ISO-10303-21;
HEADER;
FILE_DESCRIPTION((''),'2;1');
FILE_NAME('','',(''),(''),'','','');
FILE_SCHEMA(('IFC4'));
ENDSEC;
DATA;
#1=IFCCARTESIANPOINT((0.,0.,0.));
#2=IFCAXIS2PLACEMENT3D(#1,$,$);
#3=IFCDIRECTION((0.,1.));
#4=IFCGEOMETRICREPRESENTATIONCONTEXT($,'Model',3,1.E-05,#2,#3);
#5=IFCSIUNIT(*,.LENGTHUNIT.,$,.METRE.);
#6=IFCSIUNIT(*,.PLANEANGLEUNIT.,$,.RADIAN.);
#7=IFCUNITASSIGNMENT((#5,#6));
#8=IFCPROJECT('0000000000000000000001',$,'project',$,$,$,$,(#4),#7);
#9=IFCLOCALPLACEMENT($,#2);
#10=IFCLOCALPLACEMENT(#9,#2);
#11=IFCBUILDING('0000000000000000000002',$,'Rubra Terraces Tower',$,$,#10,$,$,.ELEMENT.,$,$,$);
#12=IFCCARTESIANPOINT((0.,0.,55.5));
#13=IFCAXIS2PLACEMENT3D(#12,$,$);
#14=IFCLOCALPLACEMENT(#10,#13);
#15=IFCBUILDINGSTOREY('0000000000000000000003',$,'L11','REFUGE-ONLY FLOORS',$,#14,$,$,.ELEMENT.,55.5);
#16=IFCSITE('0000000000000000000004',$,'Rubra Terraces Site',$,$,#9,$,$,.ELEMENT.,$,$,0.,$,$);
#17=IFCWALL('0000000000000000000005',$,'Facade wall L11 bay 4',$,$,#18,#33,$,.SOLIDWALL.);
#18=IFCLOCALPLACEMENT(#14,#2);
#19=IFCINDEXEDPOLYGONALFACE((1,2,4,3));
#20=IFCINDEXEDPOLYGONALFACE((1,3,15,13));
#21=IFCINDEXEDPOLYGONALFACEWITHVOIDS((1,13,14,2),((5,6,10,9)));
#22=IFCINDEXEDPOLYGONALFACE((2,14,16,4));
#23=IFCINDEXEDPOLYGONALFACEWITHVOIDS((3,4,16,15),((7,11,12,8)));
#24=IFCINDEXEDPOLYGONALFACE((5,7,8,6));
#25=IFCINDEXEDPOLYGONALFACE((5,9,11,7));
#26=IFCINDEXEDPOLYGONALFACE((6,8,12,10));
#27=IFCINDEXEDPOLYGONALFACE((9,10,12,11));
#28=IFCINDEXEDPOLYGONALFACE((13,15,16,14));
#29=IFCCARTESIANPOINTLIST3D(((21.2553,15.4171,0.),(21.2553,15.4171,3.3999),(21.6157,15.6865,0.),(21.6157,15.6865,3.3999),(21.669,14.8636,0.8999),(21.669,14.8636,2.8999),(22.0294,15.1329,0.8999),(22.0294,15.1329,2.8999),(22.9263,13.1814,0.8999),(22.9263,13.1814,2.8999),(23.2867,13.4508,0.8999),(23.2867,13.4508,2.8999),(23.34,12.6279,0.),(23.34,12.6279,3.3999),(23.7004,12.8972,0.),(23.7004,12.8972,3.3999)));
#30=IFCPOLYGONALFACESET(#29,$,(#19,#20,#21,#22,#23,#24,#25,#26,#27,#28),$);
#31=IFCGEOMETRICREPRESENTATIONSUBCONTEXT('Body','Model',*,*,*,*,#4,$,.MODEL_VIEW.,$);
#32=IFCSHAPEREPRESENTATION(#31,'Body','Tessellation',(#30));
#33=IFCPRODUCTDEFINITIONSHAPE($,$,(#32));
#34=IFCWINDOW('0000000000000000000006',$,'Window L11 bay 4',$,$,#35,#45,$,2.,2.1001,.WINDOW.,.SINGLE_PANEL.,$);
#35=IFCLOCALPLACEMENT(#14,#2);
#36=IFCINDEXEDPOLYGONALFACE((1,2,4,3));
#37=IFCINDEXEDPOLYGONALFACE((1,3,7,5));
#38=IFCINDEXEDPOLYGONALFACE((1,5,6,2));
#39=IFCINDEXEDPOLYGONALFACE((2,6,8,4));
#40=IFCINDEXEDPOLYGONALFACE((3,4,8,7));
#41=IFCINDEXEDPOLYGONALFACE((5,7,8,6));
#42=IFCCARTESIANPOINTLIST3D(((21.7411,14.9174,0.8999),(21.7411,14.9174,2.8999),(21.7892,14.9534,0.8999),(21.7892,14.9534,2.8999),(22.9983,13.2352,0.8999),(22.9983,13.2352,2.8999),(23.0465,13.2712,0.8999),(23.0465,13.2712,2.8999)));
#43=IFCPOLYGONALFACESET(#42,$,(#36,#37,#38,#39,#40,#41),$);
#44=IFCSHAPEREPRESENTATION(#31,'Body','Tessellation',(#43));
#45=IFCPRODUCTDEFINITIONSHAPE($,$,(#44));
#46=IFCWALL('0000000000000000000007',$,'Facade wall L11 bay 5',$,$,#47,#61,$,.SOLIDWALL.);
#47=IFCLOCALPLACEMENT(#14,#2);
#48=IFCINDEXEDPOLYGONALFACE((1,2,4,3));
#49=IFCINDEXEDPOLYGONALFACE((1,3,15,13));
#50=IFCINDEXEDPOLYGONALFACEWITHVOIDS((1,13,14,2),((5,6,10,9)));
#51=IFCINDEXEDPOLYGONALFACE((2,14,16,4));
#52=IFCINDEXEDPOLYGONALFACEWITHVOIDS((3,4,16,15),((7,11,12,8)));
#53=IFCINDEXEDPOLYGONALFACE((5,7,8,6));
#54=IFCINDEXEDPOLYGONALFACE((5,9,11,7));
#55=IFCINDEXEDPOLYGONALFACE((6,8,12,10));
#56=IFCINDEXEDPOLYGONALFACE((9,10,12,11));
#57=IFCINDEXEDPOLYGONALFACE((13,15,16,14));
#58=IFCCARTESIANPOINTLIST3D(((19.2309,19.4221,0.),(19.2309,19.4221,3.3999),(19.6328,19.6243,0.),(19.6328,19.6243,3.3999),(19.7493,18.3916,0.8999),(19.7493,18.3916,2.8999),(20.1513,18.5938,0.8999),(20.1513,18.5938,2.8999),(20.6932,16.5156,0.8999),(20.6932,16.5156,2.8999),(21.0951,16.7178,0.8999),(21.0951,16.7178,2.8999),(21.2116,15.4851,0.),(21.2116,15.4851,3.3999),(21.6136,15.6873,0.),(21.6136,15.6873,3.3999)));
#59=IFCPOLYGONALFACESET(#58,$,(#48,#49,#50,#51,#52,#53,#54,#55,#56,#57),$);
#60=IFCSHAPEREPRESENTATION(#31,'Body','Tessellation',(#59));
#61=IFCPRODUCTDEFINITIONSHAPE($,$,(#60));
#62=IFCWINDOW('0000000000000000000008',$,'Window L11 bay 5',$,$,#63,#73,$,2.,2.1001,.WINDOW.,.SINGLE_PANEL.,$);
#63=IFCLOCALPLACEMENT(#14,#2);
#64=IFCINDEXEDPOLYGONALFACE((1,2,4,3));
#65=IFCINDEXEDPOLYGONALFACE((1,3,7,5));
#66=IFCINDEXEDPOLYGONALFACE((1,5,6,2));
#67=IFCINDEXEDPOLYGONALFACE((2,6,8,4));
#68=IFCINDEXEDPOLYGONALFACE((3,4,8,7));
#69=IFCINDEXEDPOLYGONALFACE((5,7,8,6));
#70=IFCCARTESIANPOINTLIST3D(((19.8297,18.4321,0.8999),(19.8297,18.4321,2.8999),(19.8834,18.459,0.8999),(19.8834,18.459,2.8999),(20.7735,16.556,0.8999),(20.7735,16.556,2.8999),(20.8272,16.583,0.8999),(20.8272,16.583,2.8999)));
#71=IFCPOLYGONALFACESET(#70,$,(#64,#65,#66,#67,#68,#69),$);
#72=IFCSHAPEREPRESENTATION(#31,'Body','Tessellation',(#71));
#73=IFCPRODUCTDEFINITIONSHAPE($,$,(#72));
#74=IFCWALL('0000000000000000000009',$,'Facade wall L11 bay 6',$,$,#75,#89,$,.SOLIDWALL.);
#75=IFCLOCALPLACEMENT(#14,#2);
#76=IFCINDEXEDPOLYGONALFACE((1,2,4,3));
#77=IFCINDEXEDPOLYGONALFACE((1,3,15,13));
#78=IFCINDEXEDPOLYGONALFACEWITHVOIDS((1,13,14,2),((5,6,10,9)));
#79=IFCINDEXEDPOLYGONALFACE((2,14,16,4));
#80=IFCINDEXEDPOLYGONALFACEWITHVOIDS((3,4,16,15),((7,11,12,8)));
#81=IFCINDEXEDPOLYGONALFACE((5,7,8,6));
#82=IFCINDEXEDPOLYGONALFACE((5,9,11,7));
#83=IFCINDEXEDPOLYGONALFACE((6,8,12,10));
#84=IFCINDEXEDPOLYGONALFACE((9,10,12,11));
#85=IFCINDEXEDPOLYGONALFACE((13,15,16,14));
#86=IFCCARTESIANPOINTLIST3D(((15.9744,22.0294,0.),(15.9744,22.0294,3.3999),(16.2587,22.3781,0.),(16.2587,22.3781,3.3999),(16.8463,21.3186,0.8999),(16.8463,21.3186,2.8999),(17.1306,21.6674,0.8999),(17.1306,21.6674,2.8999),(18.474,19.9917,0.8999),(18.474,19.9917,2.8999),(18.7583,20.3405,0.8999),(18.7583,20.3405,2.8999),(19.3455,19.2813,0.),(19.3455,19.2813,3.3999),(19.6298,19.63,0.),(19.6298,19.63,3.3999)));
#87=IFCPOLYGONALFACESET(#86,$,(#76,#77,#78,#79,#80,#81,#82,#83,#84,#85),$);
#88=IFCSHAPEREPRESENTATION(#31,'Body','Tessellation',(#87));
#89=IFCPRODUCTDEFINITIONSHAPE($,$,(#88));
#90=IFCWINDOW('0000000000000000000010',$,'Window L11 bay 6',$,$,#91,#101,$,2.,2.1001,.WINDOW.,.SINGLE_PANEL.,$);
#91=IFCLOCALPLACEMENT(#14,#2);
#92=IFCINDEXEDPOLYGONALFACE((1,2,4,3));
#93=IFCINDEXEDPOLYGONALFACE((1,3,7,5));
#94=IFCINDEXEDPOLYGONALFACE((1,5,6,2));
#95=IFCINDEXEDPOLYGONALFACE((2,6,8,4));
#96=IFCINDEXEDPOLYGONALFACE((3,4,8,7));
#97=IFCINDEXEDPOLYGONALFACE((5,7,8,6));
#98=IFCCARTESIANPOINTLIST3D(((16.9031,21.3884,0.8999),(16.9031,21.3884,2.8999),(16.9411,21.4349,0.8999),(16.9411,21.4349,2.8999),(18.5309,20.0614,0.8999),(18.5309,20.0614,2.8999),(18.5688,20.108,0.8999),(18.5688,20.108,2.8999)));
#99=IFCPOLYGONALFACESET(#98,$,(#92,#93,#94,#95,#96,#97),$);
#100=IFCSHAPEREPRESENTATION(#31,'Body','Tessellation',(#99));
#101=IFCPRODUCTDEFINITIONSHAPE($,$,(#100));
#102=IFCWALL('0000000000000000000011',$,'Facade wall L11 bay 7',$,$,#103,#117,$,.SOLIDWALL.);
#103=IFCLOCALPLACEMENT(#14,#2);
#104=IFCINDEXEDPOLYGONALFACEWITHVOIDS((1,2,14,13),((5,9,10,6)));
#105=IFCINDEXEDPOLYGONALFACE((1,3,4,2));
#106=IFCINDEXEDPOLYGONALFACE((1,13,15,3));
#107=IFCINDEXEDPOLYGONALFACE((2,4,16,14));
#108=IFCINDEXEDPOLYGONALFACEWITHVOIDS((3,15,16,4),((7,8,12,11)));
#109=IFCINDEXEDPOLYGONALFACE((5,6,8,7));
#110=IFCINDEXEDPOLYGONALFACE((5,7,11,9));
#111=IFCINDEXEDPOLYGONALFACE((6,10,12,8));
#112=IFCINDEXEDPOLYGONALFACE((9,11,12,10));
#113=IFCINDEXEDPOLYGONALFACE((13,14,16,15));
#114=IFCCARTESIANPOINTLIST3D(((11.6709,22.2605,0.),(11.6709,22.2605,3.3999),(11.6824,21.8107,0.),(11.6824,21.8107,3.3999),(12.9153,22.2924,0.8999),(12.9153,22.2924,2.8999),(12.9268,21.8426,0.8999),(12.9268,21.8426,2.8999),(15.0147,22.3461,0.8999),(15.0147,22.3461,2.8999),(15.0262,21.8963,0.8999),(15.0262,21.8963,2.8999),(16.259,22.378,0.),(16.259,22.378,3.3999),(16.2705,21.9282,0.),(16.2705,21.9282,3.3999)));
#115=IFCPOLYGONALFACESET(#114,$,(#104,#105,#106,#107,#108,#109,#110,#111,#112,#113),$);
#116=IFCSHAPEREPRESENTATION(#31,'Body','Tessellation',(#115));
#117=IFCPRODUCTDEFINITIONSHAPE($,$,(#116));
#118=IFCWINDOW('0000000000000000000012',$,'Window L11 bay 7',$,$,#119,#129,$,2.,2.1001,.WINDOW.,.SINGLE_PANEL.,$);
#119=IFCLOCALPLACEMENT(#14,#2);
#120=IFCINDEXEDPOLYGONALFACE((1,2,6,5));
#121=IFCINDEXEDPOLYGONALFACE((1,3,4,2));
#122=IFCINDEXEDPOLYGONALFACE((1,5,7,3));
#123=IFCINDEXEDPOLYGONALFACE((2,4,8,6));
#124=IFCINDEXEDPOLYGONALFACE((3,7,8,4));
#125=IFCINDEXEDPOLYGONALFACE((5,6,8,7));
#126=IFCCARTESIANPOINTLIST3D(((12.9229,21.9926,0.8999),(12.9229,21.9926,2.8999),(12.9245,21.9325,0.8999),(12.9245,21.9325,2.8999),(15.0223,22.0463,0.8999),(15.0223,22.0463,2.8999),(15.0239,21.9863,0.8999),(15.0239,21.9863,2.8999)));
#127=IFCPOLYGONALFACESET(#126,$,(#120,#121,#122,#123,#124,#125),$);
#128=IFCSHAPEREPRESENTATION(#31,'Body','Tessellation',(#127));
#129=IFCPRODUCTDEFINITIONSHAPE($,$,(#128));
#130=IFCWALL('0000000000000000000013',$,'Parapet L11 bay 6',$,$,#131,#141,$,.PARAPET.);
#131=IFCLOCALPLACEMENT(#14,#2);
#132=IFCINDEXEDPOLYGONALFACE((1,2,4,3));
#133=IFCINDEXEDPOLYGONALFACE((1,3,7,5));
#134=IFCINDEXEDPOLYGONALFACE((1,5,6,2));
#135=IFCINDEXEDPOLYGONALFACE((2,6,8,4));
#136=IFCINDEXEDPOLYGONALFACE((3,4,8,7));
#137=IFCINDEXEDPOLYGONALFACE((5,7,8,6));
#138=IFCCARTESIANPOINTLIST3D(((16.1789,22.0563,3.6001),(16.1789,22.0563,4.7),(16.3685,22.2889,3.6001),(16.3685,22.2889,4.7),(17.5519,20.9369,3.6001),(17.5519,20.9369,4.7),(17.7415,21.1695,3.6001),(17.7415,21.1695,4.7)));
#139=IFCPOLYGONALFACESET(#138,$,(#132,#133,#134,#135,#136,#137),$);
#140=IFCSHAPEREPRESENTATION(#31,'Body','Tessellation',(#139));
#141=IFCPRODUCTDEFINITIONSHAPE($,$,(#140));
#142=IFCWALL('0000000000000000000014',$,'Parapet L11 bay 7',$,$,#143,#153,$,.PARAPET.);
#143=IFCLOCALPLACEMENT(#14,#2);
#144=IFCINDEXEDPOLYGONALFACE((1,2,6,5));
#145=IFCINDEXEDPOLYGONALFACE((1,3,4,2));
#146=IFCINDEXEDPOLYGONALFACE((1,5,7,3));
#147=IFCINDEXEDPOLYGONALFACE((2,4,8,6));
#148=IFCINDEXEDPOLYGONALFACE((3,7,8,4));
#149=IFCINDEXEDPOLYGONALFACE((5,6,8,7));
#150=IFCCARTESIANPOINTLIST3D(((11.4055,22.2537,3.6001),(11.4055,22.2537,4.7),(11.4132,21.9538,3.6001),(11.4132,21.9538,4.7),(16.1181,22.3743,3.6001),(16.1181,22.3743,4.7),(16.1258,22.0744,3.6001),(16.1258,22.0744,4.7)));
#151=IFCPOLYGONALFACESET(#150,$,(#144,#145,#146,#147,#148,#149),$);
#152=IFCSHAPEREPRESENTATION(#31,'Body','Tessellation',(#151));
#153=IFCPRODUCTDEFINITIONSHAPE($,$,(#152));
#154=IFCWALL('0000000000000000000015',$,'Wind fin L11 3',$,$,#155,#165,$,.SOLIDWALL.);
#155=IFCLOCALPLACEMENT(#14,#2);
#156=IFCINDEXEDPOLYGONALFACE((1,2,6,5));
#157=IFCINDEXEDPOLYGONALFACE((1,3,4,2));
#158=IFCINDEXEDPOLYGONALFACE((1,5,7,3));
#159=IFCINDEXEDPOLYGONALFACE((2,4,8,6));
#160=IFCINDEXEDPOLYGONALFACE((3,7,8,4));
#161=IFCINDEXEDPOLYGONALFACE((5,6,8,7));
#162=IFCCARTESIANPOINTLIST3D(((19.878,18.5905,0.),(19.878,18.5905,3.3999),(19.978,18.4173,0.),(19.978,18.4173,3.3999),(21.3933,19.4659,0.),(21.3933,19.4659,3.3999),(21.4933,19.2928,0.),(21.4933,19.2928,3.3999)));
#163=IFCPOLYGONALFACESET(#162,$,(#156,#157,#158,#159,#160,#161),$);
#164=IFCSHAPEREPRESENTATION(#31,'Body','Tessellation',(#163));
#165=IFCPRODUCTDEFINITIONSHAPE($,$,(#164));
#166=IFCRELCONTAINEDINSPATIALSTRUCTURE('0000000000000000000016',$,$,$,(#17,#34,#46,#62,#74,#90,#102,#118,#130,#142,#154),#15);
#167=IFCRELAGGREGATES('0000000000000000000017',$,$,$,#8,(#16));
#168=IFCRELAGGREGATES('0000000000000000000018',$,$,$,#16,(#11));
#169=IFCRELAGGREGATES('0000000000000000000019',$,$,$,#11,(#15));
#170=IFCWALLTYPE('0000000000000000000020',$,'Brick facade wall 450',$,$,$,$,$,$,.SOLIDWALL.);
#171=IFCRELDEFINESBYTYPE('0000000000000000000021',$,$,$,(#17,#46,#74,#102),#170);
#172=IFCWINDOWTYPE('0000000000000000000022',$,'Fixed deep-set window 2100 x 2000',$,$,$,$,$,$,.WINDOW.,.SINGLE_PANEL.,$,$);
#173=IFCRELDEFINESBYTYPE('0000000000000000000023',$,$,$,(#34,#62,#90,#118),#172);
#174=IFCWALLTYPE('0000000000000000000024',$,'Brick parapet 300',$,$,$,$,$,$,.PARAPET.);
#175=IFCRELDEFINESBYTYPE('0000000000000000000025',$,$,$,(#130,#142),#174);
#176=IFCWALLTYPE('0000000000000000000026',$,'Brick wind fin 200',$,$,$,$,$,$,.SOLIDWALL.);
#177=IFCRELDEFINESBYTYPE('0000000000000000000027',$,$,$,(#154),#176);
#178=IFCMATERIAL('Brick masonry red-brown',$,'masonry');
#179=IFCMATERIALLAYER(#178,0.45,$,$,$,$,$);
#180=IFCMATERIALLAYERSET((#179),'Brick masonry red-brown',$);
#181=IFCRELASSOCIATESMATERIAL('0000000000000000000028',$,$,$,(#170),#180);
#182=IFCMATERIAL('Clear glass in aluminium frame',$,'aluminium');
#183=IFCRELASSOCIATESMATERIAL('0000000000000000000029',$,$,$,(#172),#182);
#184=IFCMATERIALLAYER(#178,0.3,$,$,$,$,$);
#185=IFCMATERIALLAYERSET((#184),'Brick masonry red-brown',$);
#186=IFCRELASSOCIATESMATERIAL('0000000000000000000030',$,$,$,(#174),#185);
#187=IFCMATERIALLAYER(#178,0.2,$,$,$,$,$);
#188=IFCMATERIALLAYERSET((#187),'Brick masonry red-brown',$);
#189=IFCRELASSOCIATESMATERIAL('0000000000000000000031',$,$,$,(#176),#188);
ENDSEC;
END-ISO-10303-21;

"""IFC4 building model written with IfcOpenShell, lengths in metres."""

from ifc_helpers import new_model, si_unit, direction, frame, frame_2d, origin, place, context, subcontext, project, spatial, rectangle, extrude, material, layer, layer_set, type_object, element, fill, save


model = new_model("IFC4")

# Units and contexts
model_context = context("Model", 3, precision=1e-05, world=origin(), true_north=direction((0.0, 1.0)))
body_context = subcontext(model_context, "Body", "Model", "MODEL_VIEW")
ifc_project = project(units=[si_unit("LENGTHUNIT", "METRE"), si_unit("PLANEANGLEUNIT", "RADIAN")], contexts=[model_context])

# Site, building, storey
site_placement = place(None, origin())
site = spatial("IfcSite", under=ifc_project, at=site_placement, Name="Rubra Terraces Site", CompositionType="ELEMENT", RefElevation=0.0)
building_placement = place(site_placement, origin())
building = spatial("IfcBuilding", under=site, at=building_placement, Name="Rubra Terraces Tower", CompositionType="ELEMENT")
storey_placement = place(building_placement, frame((0.0, 0.0, 55.5)))
storey = spatial("IfcBuildingStorey", under=building, at=storey_placement, Name="L11", Description="REFUGE-ONLY FLOORS", CompositionType="ELEMENT", Elevation=55.5)

# Walls, openings, windows
ifc_material_1 = material(Name="Brick masonry red-brown", Category="masonry")
ifc_layer_1 = layer(ifc_material_1, 0.45)
ifc_layer_set_1 = layer_set([ifc_layer_1], Name="Brick masonry red-brown")
wall_type_1 = type_object("IfcWallType", Name="Brick facade wall 450", PredefinedType="SOLIDWALL", material=ifc_layer_set_1)
wall_1_placement = place(storey_placement, frame((23.5203, 12.7625, 0.0), z_axis=(0.0, 0.0, 1.0), x_axis=(-0.598664, 0.801, 0.0)))
wall_1 = element("IfcWall", 1, at=wall_1_placement, inside=storey, type_object=wall_type_1, Name="Facade wall L11 bay 4", PredefinedType="SOLIDWALL", context=body_context, shape_type="SweptSolid", body=[
    extrude(rectangle(XDim=3.4822, YDim=0.45, at=frame_2d((1.7412, 0.0))), origin(), (0.0, 0.0, 1.0), 3.3999),
])
opening_1_placement = place(wall_1_placement, frame((0.6912, 0.0, 0.8999)))
opening_1 = element("IfcOpeningElement", 2, at=opening_1_placement, cuts=wall_1, PredefinedType="OPENING", context=body_context, shape_type="SweptSolid", body=[
    extrude(rectangle(XDim=2.1001, YDim=2.0, at=frame_2d((1.05, 1.0))), frame((0.0, 0.2349, 0.0), z_axis=(0.0, -1.0, 0.0), x_axis=(1.0, 0.0, 0.0)), (0.0, 0.0, 1.0), 0.47),
])
ifc_material_2 = material(Name="Clear glass in aluminium frame", Category="aluminium")
window_type = type_object("IfcWindowType", Name="Fixed deep-set window 2100 x 2000", PartitioningType="SINGLE_PANEL", PredefinedType="WINDOW", material=ifc_material_2)
window_1_placement = place(opening_1_placement, origin())
window_1 = element("IfcWindow", 3, at=window_1_placement, inside=storey, type_object=window_type, Name="Window L11 bay 4", OverallHeight=2.0, OverallWidth=2.1001, PartitioningType="SINGLE_PANEL", PredefinedType="WINDOW", context=body_context, shape_type="SweptSolid", body=[
    extrude(rectangle(XDim=2.1001, YDim=2.0, at=frame_2d((1.05, 1.0))), frame((0.0, 0.135, 0.0), z_axis=(0.0, -1.0, 0.0), x_axis=(1.0, 0.0, 0.0)), (0.0, 0.0, 1.0), 0.0601),
])
fill(opening_1, window_1)
wall_2_placement = place(storey_placement, frame((21.4126, 15.5862, 0.0), z_axis=(0.0, 0.0, 1.0), x_axis=(-0.449428, 0.893317, 0.0)))
wall_2 = element("IfcWall", 4, at=wall_2_placement, inside=storey, type_object=wall_type_1, Name="Facade wall L11 bay 5", PredefinedType="SOLIDWALL", context=body_context, shape_type="SweptSolid", body=[
    extrude(rectangle(XDim=4.4072, YDim=0.45, at=frame_2d((2.2036, 0.0))), origin(), (0.0, 0.0, 1.0), 3.3999),
])
opening_2_placement = place(wall_2_placement, frame((1.1536, 0.0, 0.8999)))
opening_2 = element("IfcOpeningElement", 5, at=opening_2_placement, cuts=wall_2, PredefinedType="OPENING", context=body_context, shape_type="SweptSolid", body=[
    extrude(rectangle(XDim=2.1001, YDim=2.0, at=frame_2d((1.05, 1.0))), frame((0.0, 0.2349, 0.0), z_axis=(0.0, -1.0, 0.0), x_axis=(1.0, 0.0, 0.0)), (0.0, 0.0, 1.0), 0.47),
])
window_2_placement = place(opening_2_placement, origin())
window_2 = element("IfcWindow", 6, at=window_2_placement, inside=storey, type_object=window_type, Name="Window L11 bay 5", OverallHeight=2.0, OverallWidth=2.1001, PartitioningType="SINGLE_PANEL", PredefinedType="WINDOW", context=body_context, shape_type="SweptSolid", body=[
    extrude(rectangle(XDim=2.1001, YDim=2.0, at=frame_2d((1.05, 1.0))), frame((0.0, 0.135, 0.0), z_axis=(0.0, -1.0, 0.0), x_axis=(1.0, 0.0, 0.0)), (0.0, 0.0, 1.0), 0.0601),
])
fill(opening_2, window_2)
wall_3_placement = place(storey_placement, frame((19.4878, 19.4556, 0.0), z_axis=(0.0, 0.0, 1.0), x_axis=(-0.775097, 0.631843, 0.0)))
wall_3 = element("IfcWall", 7, at=wall_3_placement, inside=storey, type_object=wall_type_1, Name="Facade wall L11 bay 6", PredefinedType="SOLIDWALL", context=body_context, shape_type="SweptSolid", body=[
    extrude(rectangle(XDim=4.3494, YDim=0.45, at=frame_2d((2.1748, 0.0))), origin(), (0.0, 0.0, 1.0), 3.3999),
])
opening_3_placement = place(wall_3_placement, frame((1.1245, 0.0, 0.8999)))
opening_3 = element("IfcOpeningElement", 8, at=opening_3_placement, cuts=wall_3, PredefinedType="OPENING", context=body_context, shape_type="SweptSolid", body=[
    extrude(rectangle(XDim=2.1001, YDim=2.0, at=frame_2d((1.05, 1.0))), frame((0.0, 0.2349, 0.0), z_axis=(0.0, -1.0, 0.0), x_axis=(1.0, 0.0, 0.0)), (0.0, 0.0, 1.0), 0.47),
])
window_3_placement = place(opening_3_placement, origin())
window_3 = element("IfcWindow", 9, at=window_3_placement, inside=storey, type_object=window_type, Name="Window L11 bay 6", OverallHeight=2.0, OverallWidth=2.1001, PartitioningType="SINGLE_PANEL", PredefinedType="WINDOW", context=body_context, shape_type="SweptSolid", body=[
    extrude(rectangle(XDim=2.1001, YDim=2.0, at=frame_2d((1.05, 1.0))), frame((0.0, 0.135, 0.0), z_axis=(0.0, -1.0, 0.0), x_axis=(1.0, 0.0, 0.0)), (0.0, 0.0, 1.0), 0.0601),
])
fill(opening_3, window_3)
wall_4_placement = place(storey_placement, frame((16.2649, 22.1531, 0.0), z_axis=(0.0, 0.0, 1.0), x_axis=(-0.999673, -0.025586, 0.0)))
wall_4 = element("IfcWall", 10, at=wall_4_placement, inside=storey, type_object=wall_type_1, Name="Facade wall L11 bay 7", PredefinedType="SOLIDWALL", context=body_context, shape_type="SweptSolid", body=[
    extrude(rectangle(XDim=4.5896, YDim=0.45, at=frame_2d((2.2949, 0.0))), origin(), (0.0, 0.0, 1.0), 3.3999),
])
opening_4_placement = place(wall_4_placement, frame((1.2449, 0.0, 0.8999)))
opening_4 = element("IfcOpeningElement", 11, at=opening_4_placement, cuts=wall_4, PredefinedType="OPENING", context=body_context, shape_type="SweptSolid", body=[
    extrude(rectangle(XDim=2.1001, YDim=2.0, at=frame_2d((1.05, 1.0))), frame((0.0, 0.2349, 0.0), z_axis=(0.0, -1.0, 0.0), x_axis=(1.0, 0.0, 0.0)), (0.0, 0.0, 1.0), 0.47),
])
window_4_placement = place(opening_4_placement, origin())
window_4 = element("IfcWindow", 12, at=window_4_placement, inside=storey, type_object=window_type, Name="Window L11 bay 7", OverallHeight=2.0, OverallWidth=2.1001, PartitioningType="SINGLE_PANEL", PredefinedType="WINDOW", context=body_context, shape_type="SweptSolid", body=[
    extrude(rectangle(XDim=2.1001, YDim=2.0, at=frame_2d((1.05, 1.0))), frame((0.0, 0.135, 0.0), z_axis=(0.0, -1.0, 0.0), x_axis=(1.0, 0.0, 0.0)), (0.0, 0.0, 1.0), 0.0601),
])
fill(opening_4, window_4)

# Walls
ifc_layer_2 = layer(ifc_material_1, 0.3)
ifc_layer_set_2 = layer_set([ifc_layer_2], Name="Brick masonry red-brown")
wall_type_2 = type_object("IfcWallType", Name="Brick parapet 300", PredefinedType="PARAPET", material=ifc_layer_set_2)
wall_5_placement = place(storey_placement, frame((17.6467, 21.0532, 3.6001), z_axis=(0.0, 0.0, 1.0), x_axis=(-0.775067, 0.631878, 0.0)))
element("IfcWall", 13, at=wall_5_placement, inside=storey, type_object=wall_type_2, Name="Parapet L11 bay 6", PredefinedType="PARAPET", context=body_context, shape_type="SweptSolid", body=[
    extrude(rectangle(XDim=1.7715, YDim=0.3, at=frame_2d((0.8857, 0.0))), origin(), (0.0, 0.0, 1.0), 1.0999),
])
wall_6_placement = place(storey_placement, frame((16.1218, 22.2244, 3.6001), z_axis=(0.0, 0.0, 1.0), x_axis=(-0.999673, -0.025584, 0.0)))
element("IfcWall", 14, at=wall_6_placement, inside=storey, type_object=wall_type_2, Name="Parapet L11 bay 7", PredefinedType="PARAPET", context=body_context, shape_type="SweptSolid", body=[
    extrude(rectangle(XDim=4.7141, YDim=0.3, at=frame_2d((2.3569, 0.0))), origin(), (0.0, 0.0, 1.0), 1.0999),
])
ifc_layer_3 = layer(ifc_material_1, 0.2)
ifc_layer_set_3 = layer_set([ifc_layer_3], Name="Brick masonry red-brown")
wall_type_3 = type_object("IfcWallType", Name="Brick wind fin 200", PredefinedType="SOLIDWALL", material=ifc_layer_set_3)
wall_7_placement = place(storey_placement, frame((19.928, 18.5039, 0.0), z_axis=(0.0, 0.0, 1.0), x_axis=(0.865881, 0.50025, 0.0)))
element("IfcWall", 15, at=wall_7_placement, inside=storey, type_object=wall_type_3, Name="Wind fin L11 3", PredefinedType="SOLIDWALL", context=body_context, shape_type="SweptSolid", body=[
    extrude(rectangle(XDim=1.75, YDim=0.2, at=frame_2d((0.875, 0.0))), origin(), (0.0, 0.0, 1.0), 3.3999),
])

save(model, "model.ifc")
